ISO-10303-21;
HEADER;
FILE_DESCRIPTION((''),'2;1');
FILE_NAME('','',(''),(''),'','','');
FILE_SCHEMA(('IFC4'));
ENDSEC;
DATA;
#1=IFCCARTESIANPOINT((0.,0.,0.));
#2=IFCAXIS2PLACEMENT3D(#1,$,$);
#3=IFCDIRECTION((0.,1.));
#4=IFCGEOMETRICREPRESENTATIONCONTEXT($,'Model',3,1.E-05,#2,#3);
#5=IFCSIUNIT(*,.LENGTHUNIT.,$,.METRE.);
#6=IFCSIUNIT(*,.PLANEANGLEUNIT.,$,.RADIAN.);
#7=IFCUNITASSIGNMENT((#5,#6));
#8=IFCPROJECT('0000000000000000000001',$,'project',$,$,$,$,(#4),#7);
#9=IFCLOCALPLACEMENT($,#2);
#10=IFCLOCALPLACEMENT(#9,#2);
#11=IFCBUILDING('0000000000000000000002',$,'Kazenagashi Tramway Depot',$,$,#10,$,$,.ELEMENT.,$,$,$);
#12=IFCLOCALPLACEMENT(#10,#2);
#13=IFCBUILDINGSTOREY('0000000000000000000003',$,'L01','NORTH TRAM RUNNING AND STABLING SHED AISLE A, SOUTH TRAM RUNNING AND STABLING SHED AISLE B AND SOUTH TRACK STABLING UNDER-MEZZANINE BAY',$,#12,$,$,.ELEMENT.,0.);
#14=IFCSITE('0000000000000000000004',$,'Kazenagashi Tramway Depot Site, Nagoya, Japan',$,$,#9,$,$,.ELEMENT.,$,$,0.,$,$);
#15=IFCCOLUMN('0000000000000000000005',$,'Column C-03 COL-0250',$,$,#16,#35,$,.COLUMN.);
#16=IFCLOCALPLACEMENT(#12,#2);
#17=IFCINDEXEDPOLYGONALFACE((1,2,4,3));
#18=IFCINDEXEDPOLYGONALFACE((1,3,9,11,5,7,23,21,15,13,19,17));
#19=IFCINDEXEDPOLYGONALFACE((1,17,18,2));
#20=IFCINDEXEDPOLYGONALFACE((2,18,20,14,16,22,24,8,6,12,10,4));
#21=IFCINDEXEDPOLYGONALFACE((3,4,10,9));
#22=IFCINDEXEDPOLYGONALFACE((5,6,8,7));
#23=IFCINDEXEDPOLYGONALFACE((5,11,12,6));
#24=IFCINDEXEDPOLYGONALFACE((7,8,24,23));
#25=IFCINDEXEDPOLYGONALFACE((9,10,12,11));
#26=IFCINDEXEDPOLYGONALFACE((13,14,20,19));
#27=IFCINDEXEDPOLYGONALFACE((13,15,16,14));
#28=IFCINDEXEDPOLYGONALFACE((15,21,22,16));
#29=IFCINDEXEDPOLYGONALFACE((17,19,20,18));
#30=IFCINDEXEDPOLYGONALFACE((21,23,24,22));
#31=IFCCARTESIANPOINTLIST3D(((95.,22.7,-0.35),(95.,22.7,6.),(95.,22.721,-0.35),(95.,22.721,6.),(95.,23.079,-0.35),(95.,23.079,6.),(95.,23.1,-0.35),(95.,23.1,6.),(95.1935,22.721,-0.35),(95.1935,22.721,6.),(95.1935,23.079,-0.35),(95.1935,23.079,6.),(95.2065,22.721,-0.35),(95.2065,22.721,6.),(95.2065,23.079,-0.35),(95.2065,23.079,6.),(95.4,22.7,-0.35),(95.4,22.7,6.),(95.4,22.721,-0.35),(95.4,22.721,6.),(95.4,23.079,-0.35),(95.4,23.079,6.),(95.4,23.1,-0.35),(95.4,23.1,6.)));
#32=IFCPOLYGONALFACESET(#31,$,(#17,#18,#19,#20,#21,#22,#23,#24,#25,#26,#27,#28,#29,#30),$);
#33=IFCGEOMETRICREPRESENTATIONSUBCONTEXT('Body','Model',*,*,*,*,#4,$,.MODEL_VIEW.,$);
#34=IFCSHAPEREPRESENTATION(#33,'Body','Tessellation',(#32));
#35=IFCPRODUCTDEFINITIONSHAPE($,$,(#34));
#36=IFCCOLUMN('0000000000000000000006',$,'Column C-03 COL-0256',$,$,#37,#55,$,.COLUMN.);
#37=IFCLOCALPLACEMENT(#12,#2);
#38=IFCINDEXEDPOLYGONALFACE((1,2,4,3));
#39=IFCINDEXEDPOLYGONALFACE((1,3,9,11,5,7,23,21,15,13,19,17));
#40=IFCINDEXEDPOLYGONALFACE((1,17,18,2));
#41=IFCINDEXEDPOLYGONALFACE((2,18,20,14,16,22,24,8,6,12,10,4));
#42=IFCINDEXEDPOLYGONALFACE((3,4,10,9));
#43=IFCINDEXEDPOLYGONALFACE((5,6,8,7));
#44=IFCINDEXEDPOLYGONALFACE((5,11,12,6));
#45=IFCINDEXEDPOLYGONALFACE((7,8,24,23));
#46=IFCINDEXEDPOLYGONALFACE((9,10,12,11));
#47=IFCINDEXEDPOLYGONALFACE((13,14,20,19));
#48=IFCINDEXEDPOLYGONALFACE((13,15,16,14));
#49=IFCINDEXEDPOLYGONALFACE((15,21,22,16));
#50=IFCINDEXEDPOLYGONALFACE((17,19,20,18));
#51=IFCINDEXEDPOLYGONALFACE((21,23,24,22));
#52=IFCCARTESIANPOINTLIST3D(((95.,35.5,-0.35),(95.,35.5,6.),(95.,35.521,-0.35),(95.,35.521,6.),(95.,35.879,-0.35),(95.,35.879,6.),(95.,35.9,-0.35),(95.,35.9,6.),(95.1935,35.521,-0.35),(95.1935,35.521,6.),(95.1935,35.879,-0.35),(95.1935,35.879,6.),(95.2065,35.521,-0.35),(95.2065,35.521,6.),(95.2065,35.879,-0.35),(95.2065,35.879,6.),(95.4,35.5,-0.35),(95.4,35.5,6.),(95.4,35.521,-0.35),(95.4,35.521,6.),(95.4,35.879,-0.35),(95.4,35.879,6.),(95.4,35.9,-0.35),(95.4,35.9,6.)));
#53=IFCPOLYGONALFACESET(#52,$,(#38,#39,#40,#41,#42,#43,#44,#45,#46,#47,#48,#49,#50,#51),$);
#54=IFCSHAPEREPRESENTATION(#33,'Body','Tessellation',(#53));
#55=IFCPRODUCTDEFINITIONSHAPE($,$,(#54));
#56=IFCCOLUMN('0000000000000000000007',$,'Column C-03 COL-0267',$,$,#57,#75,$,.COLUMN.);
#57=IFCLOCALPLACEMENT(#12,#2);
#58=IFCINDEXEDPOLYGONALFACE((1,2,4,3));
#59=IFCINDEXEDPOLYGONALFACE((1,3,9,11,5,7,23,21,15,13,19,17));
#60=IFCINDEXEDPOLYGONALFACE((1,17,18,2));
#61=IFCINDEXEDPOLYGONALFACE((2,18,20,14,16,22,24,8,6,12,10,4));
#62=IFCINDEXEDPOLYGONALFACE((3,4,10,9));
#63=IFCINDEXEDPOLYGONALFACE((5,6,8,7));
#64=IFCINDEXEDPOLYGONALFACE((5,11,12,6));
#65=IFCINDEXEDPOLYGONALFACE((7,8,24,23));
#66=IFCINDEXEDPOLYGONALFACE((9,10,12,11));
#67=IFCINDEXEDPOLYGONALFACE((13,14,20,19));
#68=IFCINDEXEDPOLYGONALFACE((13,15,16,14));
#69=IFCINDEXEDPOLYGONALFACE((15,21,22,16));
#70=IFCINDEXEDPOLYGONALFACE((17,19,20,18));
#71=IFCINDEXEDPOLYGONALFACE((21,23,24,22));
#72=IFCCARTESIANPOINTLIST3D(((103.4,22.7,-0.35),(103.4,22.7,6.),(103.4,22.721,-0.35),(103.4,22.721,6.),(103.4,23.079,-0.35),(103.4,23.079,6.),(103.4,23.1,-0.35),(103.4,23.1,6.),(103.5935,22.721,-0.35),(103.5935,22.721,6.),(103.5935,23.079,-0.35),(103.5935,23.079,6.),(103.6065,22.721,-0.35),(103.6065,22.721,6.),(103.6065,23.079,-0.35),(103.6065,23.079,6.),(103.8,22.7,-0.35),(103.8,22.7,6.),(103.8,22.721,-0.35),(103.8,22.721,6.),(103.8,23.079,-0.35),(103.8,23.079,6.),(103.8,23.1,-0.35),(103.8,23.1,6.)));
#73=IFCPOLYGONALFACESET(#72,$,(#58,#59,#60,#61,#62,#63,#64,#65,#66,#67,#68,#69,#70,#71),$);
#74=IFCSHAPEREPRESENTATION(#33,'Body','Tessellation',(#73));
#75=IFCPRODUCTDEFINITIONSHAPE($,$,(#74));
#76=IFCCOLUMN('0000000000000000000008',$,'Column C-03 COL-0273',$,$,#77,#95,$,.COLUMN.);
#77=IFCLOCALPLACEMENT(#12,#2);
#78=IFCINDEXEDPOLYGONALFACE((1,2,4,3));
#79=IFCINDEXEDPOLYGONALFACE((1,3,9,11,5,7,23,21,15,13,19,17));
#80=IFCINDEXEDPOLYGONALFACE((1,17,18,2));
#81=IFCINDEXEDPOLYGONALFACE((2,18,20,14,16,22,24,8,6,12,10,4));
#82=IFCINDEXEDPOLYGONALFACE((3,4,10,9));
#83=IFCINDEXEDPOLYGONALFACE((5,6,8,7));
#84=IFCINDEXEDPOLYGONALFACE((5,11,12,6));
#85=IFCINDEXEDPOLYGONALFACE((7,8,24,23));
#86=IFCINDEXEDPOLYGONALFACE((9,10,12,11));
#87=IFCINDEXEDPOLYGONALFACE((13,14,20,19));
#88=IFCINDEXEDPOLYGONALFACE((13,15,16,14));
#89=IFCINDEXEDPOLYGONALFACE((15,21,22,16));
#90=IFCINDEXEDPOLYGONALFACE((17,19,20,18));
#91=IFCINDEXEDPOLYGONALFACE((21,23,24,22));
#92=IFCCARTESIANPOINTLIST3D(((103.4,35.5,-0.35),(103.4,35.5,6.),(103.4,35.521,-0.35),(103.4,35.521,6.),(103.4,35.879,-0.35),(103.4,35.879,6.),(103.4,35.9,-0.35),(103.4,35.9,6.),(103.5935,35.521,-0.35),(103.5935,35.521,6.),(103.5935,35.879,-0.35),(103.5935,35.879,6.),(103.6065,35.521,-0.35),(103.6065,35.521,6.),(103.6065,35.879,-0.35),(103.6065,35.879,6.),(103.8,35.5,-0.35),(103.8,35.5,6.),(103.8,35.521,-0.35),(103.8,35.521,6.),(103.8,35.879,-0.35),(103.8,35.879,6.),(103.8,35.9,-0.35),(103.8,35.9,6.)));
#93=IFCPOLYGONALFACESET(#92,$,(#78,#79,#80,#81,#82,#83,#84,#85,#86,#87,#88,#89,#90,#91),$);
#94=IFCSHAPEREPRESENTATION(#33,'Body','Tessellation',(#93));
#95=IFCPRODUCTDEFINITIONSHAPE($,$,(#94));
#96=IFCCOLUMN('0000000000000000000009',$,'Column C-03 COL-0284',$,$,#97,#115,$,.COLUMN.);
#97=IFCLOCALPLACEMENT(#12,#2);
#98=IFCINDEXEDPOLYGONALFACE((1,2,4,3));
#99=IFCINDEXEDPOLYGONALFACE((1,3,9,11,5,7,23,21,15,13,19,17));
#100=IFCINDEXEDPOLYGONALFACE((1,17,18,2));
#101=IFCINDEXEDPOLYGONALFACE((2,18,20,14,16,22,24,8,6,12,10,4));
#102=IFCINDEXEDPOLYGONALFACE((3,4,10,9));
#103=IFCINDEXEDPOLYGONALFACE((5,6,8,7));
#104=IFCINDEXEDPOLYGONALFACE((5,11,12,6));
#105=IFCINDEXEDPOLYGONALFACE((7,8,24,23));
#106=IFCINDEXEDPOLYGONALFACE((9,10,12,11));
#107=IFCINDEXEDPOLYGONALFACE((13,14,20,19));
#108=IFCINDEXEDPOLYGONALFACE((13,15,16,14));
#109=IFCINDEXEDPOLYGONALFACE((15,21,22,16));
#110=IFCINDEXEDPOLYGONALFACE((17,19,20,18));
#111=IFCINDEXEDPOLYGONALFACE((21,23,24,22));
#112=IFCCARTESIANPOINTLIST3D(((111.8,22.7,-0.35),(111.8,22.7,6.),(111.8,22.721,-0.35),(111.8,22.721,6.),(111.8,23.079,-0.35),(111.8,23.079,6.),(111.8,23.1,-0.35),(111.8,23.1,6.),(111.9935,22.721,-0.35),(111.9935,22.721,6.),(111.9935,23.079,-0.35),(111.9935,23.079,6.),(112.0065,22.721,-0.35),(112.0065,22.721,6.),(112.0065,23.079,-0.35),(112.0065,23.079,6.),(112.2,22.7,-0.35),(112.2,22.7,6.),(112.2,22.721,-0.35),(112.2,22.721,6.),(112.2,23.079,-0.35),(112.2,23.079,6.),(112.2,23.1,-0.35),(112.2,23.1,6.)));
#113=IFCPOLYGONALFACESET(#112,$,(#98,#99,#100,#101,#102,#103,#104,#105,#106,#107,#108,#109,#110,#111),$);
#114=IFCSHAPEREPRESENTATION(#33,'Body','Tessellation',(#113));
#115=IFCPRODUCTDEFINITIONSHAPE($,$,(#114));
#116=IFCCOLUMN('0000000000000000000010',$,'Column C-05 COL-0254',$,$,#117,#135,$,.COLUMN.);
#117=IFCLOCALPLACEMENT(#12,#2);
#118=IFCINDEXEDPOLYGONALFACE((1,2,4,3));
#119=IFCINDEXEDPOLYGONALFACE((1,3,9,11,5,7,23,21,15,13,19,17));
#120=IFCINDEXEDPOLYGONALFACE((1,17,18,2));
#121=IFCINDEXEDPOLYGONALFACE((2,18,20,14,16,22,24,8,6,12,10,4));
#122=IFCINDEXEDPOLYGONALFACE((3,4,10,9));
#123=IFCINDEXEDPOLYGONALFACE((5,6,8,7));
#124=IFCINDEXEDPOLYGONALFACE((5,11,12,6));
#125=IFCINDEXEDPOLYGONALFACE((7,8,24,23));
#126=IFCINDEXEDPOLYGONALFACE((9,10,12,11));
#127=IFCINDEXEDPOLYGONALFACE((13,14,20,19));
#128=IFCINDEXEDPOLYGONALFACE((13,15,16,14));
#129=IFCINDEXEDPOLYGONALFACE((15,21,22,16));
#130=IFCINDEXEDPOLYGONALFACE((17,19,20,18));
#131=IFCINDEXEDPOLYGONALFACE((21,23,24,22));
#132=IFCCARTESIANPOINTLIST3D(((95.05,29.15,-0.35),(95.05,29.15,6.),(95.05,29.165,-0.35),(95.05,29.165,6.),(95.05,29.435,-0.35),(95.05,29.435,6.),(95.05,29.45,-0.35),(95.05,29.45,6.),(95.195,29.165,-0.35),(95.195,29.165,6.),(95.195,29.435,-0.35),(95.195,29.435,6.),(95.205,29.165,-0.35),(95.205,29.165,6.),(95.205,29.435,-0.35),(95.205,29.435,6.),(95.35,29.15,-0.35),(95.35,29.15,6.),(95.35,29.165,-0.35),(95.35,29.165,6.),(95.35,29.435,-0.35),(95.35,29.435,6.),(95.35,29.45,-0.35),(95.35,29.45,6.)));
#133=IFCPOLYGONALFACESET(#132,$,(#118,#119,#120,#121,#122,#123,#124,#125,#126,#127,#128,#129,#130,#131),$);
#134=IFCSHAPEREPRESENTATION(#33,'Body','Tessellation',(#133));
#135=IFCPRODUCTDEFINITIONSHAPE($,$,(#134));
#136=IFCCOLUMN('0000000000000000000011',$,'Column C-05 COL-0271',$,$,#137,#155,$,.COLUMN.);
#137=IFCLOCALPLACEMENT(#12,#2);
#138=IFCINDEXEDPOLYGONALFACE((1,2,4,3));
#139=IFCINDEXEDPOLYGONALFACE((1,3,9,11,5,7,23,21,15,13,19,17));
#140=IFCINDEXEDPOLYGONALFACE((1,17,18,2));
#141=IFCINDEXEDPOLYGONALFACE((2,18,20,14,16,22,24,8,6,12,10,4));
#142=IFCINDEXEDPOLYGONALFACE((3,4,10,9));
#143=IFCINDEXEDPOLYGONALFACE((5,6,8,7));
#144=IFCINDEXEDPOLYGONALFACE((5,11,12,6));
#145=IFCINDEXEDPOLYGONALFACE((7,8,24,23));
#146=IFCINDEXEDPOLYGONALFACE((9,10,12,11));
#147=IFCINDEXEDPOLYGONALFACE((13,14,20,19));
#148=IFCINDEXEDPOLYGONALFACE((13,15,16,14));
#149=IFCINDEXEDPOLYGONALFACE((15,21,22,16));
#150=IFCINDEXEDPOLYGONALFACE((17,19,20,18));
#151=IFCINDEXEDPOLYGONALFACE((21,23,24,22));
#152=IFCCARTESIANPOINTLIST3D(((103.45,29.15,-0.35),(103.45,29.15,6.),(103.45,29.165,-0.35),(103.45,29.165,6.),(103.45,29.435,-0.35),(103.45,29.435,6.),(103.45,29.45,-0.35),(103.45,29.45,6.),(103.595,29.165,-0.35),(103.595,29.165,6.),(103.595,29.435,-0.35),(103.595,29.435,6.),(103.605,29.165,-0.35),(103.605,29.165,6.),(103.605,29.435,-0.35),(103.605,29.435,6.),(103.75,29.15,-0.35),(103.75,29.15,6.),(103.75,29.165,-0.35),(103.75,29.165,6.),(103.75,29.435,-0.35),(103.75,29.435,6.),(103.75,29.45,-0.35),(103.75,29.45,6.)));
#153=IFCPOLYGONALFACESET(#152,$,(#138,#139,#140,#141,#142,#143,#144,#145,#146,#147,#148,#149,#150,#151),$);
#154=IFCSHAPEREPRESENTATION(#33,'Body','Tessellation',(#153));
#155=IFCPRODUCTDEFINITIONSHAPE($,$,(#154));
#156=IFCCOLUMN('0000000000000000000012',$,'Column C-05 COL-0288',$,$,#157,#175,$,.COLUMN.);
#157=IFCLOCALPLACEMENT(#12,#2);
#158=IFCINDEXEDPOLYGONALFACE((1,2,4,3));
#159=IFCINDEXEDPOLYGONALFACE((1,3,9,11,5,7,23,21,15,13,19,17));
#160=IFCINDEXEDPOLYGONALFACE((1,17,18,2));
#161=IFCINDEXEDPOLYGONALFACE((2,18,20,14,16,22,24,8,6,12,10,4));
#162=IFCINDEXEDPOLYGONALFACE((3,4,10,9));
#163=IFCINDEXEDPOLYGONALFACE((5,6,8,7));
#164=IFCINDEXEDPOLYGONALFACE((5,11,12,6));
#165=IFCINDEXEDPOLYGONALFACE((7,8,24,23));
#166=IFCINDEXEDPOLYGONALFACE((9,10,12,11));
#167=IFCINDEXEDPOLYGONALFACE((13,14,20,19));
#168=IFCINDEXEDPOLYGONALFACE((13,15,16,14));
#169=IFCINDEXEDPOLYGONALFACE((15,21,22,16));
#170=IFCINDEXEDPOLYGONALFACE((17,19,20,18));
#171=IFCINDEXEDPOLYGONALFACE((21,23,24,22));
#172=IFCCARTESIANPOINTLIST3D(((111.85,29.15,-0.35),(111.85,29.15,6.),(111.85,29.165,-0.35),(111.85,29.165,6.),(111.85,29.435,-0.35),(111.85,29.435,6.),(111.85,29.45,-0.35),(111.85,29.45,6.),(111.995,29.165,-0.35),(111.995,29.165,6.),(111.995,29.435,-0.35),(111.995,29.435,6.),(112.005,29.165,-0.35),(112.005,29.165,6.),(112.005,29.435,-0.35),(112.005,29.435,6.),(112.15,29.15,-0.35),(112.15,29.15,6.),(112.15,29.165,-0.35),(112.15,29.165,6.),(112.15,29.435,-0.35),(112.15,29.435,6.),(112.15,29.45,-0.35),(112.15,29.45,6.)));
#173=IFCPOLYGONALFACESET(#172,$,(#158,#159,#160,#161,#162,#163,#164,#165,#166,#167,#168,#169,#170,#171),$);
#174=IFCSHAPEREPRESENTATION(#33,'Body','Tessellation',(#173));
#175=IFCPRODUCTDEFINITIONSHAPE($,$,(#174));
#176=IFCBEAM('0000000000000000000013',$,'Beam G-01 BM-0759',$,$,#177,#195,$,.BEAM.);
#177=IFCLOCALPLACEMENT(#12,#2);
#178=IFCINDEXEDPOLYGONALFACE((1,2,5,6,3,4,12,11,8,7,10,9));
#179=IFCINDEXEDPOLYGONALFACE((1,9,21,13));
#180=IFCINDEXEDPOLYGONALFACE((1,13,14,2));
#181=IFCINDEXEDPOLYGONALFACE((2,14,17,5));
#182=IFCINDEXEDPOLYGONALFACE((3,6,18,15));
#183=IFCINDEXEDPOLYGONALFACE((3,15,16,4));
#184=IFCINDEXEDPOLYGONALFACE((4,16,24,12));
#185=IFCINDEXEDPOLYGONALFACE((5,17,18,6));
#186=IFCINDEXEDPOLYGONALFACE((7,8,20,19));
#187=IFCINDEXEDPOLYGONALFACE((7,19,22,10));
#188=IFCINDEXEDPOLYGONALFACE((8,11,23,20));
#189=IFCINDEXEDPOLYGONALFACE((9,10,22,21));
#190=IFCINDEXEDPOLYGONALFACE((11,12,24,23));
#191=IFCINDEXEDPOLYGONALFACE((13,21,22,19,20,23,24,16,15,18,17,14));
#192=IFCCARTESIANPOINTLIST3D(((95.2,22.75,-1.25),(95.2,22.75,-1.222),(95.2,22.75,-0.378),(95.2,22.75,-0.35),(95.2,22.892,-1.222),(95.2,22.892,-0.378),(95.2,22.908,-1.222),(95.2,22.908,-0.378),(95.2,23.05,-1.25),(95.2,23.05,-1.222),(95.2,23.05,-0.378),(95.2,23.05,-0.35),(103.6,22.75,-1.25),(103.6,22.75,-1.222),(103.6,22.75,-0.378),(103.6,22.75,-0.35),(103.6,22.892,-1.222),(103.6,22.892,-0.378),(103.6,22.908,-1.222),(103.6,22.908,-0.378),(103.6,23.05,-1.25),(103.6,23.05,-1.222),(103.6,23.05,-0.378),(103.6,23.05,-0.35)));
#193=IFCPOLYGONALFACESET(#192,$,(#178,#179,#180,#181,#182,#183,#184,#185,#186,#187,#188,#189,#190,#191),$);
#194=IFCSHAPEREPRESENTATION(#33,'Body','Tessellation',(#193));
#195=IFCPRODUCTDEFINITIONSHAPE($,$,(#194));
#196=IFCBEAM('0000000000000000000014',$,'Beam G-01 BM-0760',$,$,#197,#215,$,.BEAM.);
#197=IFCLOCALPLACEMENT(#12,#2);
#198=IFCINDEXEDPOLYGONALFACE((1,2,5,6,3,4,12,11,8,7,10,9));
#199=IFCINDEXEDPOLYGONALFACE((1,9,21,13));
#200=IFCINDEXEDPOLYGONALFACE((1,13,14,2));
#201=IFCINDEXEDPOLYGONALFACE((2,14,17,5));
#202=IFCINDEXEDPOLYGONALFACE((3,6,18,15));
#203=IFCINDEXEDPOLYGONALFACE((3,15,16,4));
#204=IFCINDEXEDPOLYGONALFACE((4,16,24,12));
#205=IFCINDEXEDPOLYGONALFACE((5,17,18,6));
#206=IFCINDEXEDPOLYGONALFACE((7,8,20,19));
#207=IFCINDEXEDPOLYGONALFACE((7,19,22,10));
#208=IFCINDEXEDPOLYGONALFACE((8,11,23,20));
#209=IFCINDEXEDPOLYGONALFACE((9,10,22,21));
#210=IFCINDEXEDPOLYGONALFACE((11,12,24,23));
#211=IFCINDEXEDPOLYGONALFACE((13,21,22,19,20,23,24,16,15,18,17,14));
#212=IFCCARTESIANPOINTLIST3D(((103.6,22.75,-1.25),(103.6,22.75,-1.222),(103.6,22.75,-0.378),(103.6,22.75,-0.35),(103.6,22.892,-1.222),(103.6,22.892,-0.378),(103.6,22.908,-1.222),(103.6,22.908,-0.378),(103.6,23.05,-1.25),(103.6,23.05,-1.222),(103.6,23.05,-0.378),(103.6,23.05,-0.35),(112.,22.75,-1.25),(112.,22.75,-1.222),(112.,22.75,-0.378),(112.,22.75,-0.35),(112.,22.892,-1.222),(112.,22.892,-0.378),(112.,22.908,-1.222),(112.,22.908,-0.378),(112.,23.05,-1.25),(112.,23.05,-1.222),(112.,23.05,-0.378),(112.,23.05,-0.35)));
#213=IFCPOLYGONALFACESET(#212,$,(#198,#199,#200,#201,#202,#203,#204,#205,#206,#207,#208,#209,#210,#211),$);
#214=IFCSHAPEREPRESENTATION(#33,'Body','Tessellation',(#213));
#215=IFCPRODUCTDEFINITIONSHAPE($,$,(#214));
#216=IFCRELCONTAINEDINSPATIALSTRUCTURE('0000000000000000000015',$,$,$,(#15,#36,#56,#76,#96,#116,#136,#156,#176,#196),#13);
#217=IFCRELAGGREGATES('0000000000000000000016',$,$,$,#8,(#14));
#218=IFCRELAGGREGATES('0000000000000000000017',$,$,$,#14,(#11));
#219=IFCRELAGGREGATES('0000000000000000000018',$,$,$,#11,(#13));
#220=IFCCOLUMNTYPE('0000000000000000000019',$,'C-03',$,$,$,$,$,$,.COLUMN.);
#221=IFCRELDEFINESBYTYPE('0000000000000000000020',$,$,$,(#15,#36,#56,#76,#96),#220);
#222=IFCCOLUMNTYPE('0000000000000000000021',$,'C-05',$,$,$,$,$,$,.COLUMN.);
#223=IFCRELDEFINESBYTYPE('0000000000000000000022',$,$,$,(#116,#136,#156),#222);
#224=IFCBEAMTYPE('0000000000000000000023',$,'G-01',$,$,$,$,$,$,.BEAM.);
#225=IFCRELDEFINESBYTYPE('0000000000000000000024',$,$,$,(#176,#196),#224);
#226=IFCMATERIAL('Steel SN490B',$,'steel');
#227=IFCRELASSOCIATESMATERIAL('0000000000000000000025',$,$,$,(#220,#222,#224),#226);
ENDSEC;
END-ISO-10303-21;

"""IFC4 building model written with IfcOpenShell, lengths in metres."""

from ifc_helpers import new_model, si_unit, direction, frame, origin, origin_2d, place, context, subcontext, project, spatial, i_section, extrude, material, material_profile, profile_set, type_object, element, save


model = new_model("IFC4")

# Units and contexts
model_context = context("Model", 3, precision=1e-05, world=origin(), true_north=direction((0.0, 1.0)))
body_context = subcontext(model_context, "Body", "Model", "MODEL_VIEW")
ifc_project = project(units=[si_unit("LENGTHUNIT", "METRE"), si_unit("PLANEANGLEUNIT", "RADIAN")], contexts=[model_context])

# Site, building, storey
site_placement = place(None, origin())
site = spatial("IfcSite", under=ifc_project, at=site_placement, Name="Kazenagashi Tramway Depot Site, Nagoya, Japan", CompositionType="ELEMENT", RefElevation=0.0)
building_placement = place(site_placement, origin())
building = spatial("IfcBuilding", under=site, at=building_placement, Name="Kazenagashi Tramway Depot", CompositionType="ELEMENT")
storey_placement = place(building_placement, origin())
storey = spatial("IfcBuildingStorey", under=building, at=storey_placement, Name="L01", Description="NORTH TRAM RUNNING AND STABLING SHED AISLE A, SOUTH TRAM RUNNING AND STABLING SHED AISLE B AND SOUTH TRACK STABLING UNDER-MEZZANINE BAY", CompositionType="ELEMENT", Elevation=0.0)

# Columns
ifc_material_1 = material(Name="Steel SN490B", Category="steel")
ifc_material_profile_1 = material_profile(ifc_material_1, i_section(OverallWidth=0.4, OverallDepth=0.4, WebThickness=0.013, FlangeThickness=0.021, at=origin_2d()), Name="H-400x400x13x21")
ifc_profile_set_1 = profile_set([ifc_material_profile_1], Name="Steel SN490B")
column_type_1 = type_object("IfcColumnType", Name="C-03", PredefinedType="COLUMN", material=ifc_profile_set_1)
for number, where, z_axis, x_axis, name in (
    (1, (95.2, 22.9, -0.35), (0.0, 0.0, 1.0), (1.0, 0.0, 0.0), "Column C-03 COL-0250"),
    (2, (95.2, 35.7, -0.35), (0.0, 0.0, 1.0), (1.0, 0.0, 0.0), "Column C-03 COL-0256"),
    (3, (103.6, 22.9, -0.35), (0.0, 0.0, 1.0), (1.0, 0.0, 0.0), "Column C-03 COL-0267"),
    (4, (103.6, 35.7, -0.35), (0.0, 0.0, 1.0), (1.0, 0.0, 0.0), "Column C-03 COL-0273"),
    (5, (112.0, 22.9, -0.35), (0.0, 0.0, 1.0), (1.0, 0.0, 0.0), "Column C-03 COL-0284"),
):
    element("IfcColumn", number, at=place(storey_placement, frame(where, z_axis=z_axis, x_axis=x_axis)), inside=storey, type_object=column_type_1, Name=name, PredefinedType="COLUMN", context=body_context, shape_type="SweptSolid", body=[
        extrude(i_section(OverallWidth=0.4, OverallDepth=0.4, WebThickness=0.013, FlangeThickness=0.021, at=origin_2d()), origin(), (0.0, 0.0, 1.0), 6.35),
    ])
ifc_material_profile_2 = material_profile(ifc_material_1, i_section(OverallWidth=0.3, OverallDepth=0.3, WebThickness=0.01, FlangeThickness=0.015, at=origin_2d()), Name="H-300x300x10x15")
ifc_profile_set_2 = profile_set([ifc_material_profile_2], Name="Steel SN490B")
column_type_2 = type_object("IfcColumnType", Name="C-05", PredefinedType="COLUMN", material=ifc_profile_set_2)
for number, where, z_axis, x_axis, name in (
    (6, (95.2, 29.3, -0.35), (0.0, 0.0, 1.0), (1.0, 0.0, 0.0), "Column C-05 COL-0254"),
    (7, (103.6, 29.3, -0.35), (0.0, 0.0, 1.0), (1.0, 0.0, 0.0), "Column C-05 COL-0271"),
    (8, (112.0, 29.3, -0.35), (0.0, 0.0, 1.0), (1.0, 0.0, 0.0), "Column C-05 COL-0288"),
):
    element("IfcColumn", number, at=place(storey_placement, frame(where, z_axis=z_axis, x_axis=x_axis)), inside=storey, type_object=column_type_2, Name=name, PredefinedType="COLUMN", context=body_context, shape_type="SweptSolid", body=[
        extrude(i_section(OverallWidth=0.3, OverallDepth=0.3, WebThickness=0.01, FlangeThickness=0.015, at=origin_2d()), origin(), (0.0, 0.0, 1.0), 6.35),
    ])

# Beams
ifc_material_profile_3 = material_profile(ifc_material_1, i_section(OverallWidth=0.3, OverallDepth=0.9, WebThickness=0.016, FlangeThickness=0.028, at=origin_2d()), Name="H-900x300x16x28")
ifc_profile_set_3 = profile_set([ifc_material_profile_3], Name="Steel SN490B")
beam_type_1 = type_object("IfcBeamType", Name="G-01", PredefinedType="BEAM", material=ifc_profile_set_3)
for number, where, z_axis, x_axis, name in (
    (9, (95.2, 22.9, -0.8), (1.0, 0.0, 0.0), (0.0, 1.0, 0.0), "Beam G-01 BM-0759"),
    (10, (103.6, 22.9, -0.8), (1.0, 0.0, 0.0), (0.0, 1.0, 0.0), "Beam G-01 BM-0760"),
):
    element("IfcBeam", number, at=place(storey_placement, frame(where, z_axis=z_axis, x_axis=x_axis)), inside=storey, type_object=beam_type_1, Name=name, PredefinedType="BEAM", context=body_context, shape_type="SweptSolid", body=[
        extrude(i_section(OverallWidth=0.3, OverallDepth=0.9, WebThickness=0.016, FlangeThickness=0.028, at=origin_2d()), origin(), (0.0, 0.0, 1.0), 8.4),
    ])

save(model, "model.ifc")
